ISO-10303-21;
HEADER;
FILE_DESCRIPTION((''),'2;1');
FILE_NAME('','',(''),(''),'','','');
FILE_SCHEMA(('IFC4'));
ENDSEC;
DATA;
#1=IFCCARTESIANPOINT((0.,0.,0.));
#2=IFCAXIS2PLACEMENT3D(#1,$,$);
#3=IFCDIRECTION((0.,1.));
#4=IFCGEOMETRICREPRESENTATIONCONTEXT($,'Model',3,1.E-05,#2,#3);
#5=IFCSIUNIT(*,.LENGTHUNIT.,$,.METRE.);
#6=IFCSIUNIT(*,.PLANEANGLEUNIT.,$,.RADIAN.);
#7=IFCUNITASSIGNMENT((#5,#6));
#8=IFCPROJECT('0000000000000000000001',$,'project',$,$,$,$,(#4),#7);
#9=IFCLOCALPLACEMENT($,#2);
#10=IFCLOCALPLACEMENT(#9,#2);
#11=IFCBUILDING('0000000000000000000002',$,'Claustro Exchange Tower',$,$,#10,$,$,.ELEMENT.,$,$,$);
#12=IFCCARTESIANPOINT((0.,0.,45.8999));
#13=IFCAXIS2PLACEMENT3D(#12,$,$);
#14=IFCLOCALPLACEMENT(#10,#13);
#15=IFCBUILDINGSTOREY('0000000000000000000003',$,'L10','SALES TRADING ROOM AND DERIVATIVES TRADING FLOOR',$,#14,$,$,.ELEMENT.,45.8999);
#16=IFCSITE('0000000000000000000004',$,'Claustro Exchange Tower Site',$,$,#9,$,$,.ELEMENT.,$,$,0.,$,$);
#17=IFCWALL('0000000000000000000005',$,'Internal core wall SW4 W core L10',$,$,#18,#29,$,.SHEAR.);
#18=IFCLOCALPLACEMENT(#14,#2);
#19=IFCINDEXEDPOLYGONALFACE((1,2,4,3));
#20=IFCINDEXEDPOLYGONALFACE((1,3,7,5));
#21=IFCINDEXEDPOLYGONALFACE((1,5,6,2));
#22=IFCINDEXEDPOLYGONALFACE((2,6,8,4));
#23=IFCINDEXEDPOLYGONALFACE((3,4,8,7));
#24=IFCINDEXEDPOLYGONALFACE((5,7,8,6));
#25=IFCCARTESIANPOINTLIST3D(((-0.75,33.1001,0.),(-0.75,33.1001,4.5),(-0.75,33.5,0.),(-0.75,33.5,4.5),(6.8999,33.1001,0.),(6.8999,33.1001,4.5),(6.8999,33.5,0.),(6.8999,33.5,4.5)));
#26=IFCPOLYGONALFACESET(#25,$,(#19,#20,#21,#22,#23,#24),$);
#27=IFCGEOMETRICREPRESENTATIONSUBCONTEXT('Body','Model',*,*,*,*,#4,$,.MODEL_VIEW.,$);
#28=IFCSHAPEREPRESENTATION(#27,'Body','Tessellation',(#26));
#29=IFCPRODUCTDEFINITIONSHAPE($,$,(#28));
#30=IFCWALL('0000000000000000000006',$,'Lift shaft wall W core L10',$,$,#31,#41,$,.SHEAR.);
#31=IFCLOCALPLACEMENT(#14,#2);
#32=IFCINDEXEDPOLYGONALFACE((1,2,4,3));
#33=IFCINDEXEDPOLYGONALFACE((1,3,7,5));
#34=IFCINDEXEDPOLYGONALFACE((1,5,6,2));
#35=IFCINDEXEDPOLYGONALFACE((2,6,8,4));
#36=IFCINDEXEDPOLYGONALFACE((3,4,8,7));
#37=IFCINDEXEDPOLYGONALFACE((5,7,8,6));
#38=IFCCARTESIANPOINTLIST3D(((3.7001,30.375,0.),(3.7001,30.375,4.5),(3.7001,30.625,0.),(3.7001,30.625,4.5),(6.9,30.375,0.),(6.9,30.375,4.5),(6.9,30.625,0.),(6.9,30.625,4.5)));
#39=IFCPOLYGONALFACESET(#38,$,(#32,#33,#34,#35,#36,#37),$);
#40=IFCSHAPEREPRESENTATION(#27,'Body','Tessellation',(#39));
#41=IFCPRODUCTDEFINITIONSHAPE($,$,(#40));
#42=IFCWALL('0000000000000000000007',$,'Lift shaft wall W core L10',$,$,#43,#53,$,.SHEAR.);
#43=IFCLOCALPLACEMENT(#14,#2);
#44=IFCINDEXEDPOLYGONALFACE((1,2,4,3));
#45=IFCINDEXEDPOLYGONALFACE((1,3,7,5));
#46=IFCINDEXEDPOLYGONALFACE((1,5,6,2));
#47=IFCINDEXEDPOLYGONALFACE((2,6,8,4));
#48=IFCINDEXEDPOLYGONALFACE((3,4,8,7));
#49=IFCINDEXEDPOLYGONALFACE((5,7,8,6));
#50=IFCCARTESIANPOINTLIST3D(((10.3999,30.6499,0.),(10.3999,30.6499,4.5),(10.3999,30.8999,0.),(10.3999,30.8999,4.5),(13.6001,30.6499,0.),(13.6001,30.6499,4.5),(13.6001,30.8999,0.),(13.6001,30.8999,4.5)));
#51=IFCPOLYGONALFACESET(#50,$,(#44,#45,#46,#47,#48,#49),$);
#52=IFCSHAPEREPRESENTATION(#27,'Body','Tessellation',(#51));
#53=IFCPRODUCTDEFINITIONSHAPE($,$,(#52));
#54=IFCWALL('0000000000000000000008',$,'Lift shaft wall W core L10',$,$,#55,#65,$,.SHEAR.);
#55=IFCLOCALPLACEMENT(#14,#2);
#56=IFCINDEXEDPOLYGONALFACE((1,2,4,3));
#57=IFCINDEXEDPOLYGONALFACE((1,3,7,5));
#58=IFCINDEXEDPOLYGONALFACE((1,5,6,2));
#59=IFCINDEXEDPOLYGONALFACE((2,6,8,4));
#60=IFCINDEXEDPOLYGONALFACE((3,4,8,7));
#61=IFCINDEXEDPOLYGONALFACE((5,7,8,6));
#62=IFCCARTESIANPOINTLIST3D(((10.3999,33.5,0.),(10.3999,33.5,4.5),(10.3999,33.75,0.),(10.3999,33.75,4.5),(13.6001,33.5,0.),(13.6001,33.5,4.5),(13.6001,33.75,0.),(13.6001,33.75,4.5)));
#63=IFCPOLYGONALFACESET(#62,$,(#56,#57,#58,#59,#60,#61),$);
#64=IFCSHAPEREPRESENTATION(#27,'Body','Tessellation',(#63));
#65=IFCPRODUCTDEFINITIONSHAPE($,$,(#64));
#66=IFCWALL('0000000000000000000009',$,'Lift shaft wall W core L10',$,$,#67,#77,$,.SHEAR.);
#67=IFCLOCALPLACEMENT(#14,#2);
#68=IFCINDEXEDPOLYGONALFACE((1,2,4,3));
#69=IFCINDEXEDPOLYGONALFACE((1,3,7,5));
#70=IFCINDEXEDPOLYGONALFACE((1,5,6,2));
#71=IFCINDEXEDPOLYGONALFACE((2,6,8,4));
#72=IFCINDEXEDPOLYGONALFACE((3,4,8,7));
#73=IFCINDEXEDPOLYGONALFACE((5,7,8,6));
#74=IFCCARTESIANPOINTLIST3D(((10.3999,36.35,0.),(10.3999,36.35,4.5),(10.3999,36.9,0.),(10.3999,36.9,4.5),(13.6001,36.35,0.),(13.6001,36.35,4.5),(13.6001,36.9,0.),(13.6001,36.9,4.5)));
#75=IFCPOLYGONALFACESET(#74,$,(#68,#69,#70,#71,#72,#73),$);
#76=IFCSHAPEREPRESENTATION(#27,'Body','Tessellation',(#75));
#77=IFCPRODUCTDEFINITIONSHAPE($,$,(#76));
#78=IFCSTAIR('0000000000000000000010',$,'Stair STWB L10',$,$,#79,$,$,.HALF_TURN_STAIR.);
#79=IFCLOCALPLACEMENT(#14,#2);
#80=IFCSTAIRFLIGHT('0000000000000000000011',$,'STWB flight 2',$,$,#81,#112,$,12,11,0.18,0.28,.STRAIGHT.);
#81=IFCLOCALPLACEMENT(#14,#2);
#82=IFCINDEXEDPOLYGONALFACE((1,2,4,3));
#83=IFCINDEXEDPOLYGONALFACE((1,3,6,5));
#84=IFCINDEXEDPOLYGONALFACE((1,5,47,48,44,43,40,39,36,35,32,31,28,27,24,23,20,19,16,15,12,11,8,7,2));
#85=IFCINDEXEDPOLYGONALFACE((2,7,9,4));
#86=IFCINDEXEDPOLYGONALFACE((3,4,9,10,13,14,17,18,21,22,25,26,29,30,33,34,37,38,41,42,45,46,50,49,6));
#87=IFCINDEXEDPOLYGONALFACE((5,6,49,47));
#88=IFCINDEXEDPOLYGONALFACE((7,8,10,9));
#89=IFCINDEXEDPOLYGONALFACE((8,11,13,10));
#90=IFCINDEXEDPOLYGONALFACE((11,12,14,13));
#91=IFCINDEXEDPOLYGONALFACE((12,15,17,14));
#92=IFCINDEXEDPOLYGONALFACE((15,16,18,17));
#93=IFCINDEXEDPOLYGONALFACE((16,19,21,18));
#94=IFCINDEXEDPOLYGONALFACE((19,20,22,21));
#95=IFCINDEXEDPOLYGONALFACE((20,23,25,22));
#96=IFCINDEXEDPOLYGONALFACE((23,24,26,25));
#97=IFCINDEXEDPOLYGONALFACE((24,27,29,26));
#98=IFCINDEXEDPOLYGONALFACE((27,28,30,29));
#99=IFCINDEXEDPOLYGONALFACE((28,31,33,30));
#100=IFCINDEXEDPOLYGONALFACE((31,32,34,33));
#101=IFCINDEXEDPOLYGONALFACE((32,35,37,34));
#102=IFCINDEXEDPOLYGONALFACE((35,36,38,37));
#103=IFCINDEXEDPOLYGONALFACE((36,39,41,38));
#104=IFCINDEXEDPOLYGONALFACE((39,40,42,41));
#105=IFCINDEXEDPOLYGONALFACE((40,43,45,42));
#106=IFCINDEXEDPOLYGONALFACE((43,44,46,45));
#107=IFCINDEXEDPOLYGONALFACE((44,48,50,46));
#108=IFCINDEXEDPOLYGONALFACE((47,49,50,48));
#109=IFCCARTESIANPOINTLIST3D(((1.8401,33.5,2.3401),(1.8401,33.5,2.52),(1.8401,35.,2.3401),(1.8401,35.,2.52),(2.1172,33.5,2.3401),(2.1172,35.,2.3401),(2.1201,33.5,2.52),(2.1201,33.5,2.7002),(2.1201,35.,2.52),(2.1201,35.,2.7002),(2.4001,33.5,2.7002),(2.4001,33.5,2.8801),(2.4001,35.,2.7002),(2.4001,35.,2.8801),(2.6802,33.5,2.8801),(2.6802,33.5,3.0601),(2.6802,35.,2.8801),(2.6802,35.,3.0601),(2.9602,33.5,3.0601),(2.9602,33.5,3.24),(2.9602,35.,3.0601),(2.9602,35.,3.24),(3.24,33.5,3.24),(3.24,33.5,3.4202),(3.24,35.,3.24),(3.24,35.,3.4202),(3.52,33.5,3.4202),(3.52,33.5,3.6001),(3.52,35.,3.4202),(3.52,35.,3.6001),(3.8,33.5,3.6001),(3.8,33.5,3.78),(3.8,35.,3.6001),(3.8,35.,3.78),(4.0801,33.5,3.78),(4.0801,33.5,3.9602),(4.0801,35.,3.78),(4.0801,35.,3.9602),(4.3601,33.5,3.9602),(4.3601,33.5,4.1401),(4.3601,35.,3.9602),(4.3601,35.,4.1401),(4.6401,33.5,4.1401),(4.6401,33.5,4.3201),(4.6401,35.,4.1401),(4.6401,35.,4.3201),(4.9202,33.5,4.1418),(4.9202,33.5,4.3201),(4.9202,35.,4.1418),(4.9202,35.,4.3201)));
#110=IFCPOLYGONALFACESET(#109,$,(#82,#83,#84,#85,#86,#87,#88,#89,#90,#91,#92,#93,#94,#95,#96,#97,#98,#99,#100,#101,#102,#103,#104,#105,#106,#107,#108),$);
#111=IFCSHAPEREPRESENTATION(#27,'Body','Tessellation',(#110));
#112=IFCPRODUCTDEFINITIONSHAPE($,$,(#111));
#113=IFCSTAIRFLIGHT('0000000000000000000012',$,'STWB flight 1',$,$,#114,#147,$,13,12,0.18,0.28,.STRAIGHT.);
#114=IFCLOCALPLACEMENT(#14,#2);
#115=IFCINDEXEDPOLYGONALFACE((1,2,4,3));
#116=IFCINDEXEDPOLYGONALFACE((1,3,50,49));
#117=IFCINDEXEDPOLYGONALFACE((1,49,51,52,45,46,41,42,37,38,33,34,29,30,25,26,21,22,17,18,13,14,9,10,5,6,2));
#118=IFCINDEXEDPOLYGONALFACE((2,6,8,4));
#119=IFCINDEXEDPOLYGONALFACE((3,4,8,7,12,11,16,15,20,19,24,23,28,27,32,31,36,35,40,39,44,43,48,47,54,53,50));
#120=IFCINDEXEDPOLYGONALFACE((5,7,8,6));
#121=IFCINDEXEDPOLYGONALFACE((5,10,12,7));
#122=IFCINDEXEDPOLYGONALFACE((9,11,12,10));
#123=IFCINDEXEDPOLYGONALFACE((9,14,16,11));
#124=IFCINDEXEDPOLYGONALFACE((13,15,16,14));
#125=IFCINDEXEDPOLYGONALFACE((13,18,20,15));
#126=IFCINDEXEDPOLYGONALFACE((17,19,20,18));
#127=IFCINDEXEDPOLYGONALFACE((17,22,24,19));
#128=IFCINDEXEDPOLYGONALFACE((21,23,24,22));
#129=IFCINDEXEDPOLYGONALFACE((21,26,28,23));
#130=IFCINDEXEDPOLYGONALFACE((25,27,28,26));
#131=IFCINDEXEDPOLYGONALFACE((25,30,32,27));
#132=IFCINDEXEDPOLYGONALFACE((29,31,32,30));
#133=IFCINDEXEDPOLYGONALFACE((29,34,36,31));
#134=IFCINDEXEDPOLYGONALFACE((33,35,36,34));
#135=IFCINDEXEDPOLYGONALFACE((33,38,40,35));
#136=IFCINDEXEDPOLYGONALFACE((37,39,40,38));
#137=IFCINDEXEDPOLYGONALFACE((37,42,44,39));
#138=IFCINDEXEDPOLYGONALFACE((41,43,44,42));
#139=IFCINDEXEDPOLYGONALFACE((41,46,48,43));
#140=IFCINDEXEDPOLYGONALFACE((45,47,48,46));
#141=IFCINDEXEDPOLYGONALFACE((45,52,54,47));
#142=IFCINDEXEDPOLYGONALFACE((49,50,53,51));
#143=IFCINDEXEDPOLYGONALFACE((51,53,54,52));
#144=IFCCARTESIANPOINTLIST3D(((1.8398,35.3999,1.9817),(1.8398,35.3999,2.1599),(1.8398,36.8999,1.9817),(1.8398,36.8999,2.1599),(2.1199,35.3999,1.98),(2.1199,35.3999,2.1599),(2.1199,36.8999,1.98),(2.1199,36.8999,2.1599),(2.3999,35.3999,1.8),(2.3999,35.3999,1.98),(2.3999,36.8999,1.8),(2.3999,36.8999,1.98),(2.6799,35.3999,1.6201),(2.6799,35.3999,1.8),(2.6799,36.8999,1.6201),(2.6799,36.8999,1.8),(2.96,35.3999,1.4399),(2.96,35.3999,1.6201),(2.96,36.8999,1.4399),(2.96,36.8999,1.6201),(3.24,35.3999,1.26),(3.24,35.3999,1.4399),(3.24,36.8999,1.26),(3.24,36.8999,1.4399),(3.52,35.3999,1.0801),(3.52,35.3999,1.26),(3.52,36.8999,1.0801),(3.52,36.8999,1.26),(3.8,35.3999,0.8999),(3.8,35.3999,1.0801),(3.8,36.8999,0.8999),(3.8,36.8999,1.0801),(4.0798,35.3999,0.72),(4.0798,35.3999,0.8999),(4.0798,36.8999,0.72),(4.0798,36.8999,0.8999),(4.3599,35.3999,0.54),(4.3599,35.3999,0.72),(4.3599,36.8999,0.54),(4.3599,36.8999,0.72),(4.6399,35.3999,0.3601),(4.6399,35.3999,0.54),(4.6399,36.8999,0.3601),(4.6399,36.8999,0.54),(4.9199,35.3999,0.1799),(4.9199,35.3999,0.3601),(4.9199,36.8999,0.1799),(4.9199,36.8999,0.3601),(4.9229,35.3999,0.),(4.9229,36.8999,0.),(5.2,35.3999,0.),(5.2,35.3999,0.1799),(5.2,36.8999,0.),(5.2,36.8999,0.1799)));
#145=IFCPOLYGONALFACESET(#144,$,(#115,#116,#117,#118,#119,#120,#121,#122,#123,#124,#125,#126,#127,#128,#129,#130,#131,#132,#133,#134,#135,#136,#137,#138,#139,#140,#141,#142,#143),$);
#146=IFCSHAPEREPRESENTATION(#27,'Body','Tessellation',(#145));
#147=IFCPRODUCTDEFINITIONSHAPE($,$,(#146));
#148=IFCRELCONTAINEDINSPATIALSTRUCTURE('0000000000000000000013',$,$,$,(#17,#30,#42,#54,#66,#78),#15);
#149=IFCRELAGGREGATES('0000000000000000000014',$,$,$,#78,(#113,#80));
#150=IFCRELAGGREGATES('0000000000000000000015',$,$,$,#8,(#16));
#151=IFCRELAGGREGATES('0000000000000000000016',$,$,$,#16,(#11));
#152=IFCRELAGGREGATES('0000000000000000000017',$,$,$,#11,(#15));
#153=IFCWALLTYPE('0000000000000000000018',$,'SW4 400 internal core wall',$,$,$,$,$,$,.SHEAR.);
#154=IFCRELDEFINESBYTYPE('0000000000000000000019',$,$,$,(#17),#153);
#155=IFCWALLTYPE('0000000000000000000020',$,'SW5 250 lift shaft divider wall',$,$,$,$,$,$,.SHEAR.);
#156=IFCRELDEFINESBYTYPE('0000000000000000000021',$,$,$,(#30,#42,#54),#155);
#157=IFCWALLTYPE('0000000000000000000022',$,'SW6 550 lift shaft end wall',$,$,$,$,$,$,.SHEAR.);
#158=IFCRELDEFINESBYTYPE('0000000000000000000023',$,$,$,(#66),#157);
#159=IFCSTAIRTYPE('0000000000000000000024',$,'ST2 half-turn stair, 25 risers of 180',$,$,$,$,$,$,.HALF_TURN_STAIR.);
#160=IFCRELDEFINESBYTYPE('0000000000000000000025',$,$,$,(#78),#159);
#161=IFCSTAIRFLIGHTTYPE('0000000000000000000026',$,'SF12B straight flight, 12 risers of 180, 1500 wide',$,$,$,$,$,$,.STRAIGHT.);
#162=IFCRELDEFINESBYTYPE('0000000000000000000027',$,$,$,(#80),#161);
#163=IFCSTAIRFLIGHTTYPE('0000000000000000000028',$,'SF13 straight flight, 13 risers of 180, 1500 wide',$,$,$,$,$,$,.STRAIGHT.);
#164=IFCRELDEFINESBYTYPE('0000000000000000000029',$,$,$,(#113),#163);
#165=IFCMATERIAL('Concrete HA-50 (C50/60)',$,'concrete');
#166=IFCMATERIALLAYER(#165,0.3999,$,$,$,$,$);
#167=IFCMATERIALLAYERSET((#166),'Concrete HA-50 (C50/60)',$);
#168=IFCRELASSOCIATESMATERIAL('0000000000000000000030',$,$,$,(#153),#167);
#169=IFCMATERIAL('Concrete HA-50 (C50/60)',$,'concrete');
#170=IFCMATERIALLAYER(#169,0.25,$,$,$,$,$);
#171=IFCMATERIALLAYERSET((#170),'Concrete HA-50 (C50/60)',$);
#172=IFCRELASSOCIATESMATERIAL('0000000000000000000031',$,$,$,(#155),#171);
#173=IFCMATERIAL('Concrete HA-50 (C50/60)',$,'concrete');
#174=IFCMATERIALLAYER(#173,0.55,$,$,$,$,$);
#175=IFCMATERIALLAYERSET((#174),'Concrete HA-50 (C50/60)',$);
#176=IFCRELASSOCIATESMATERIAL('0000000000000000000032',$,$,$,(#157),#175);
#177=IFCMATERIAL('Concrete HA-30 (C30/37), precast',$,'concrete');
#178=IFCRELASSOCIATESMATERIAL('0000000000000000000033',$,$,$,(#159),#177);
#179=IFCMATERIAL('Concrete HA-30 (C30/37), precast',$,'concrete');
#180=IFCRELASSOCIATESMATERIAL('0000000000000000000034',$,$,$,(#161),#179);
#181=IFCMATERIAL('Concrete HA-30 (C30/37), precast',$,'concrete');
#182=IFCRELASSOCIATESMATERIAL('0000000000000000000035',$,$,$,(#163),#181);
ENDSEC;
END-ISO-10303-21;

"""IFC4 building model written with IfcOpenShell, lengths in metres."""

from ifc_helpers import new_model, si_unit, direction, frame, frame_2d, origin, place, context, subcontext, project, spatial, polyline, rectangle, outline, extrude, material, layer, layer_set, type_object, element, aggregate, save


model = new_model("IFC4")

# Units and contexts
model_context = context("Model", 3, precision=1e-05, world=origin(), true_north=direction((0.0, 1.0)))
body_context = subcontext(model_context, "Body", "Model", "MODEL_VIEW")
ifc_project = project(units=[si_unit("LENGTHUNIT", "METRE"), si_unit("PLANEANGLEUNIT", "RADIAN")], contexts=[model_context])

# Site, building, storey
site_placement = place(None, origin())
site = spatial("IfcSite", under=ifc_project, at=site_placement, Name="Claustro Exchange Tower Site", CompositionType="ELEMENT", RefElevation=0.0)
building_placement = place(site_placement, origin())
building = spatial("IfcBuilding", under=site, at=building_placement, Name="Claustro Exchange Tower", CompositionType="ELEMENT")
storey_placement = place(building_placement, frame((0.0, 0.0, 45.8999)))
storey = spatial("IfcBuildingStorey", under=building, at=storey_placement, Name="L10", Description="SALES TRADING ROOM AND DERIVATIVES TRADING FLOOR", CompositionType="ELEMENT", Elevation=45.8999)

# Walls
ifc_material_1 = material(Name="Concrete HA-50 (C50/60)", Category="concrete")
ifc_layer_1 = layer(ifc_material_1, 0.3999)
ifc_layer_set_1 = layer_set([ifc_layer_1], Name="Concrete HA-50 (C50/60)")
wall_type_1 = type_object("IfcWallType", Name="SW4 400 internal core wall", PredefinedType="SHEAR", material=ifc_layer_set_1)
wall_1_placement = place(storey_placement, frame((-0.75, 33.3, 0.0), z_axis=(0.0, 0.0, 1.0), x_axis=(1.0, 0.0, 0.0)))
element("IfcWall", 1, at=wall_1_placement, inside=storey, type_object=wall_type_1, Name="Internal core wall SW4 W core L10", PredefinedType="SHEAR", context=body_context, shape_type="SweptSolid", body=[
    extrude(rectangle(XDim=7.6499, YDim=0.3999, at=frame_2d((3.825, 0.0))), origin(), (0.0, 0.0, 1.0), 4.5),
])
ifc_material_2 = material(Name="Concrete HA-50 (C50/60)", Category="concrete")
ifc_layer_2 = layer(ifc_material_2, 0.25)
ifc_layer_set_2 = layer_set([ifc_layer_2], Name="Concrete HA-50 (C50/60)")
wall_type_2 = type_object("IfcWallType", Name="SW5 250 lift shaft divider wall", PredefinedType="SHEAR", material=ifc_layer_set_2)
wall_2_placement = place(storey_placement, frame((3.7, 30.5, 0.0), z_axis=(0.0, 0.0, 1.0), x_axis=(1.0, 0.0, 0.0)))
element("IfcWall", 2, at=wall_2_placement, inside=storey, type_object=wall_type_2, Name="Lift shaft wall W core L10", PredefinedType="SHEAR", context=body_context, shape_type="SweptSolid", body=[
    extrude(rectangle(XDim=3.2, YDim=0.25, at=frame_2d((1.6001, 0.0))), origin(), (0.0, 0.0, 1.0), 4.5),
])
for number, where, z_axis, x_axis, name in (
    (3, (10.3999, 30.7749, 0.0), (0.0, 0.0, 1.0), (1.0, 0.0, 0.0), "Lift shaft wall W core L10"),
    (4, (10.3999, 33.625, 0.0), (0.0, 0.0, 1.0), (1.0, 0.0, 0.0), "Lift shaft wall W core L10"),
):
    element("IfcWall", number, at=place(storey_placement, frame(where, z_axis=z_axis, x_axis=x_axis)), inside=storey, type_object=wall_type_2, Name=name, PredefinedType="SHEAR", context=body_context, shape_type="SweptSolid", body=[
        extrude(rectangle(XDim=3.2002, YDim=0.25, at=frame_2d((1.6001, 0.0))), origin(), (0.0, 0.0, 1.0), 4.5),
    ])
ifc_material_3 = material(Name="Concrete HA-50 (C50/60)", Category="concrete")
ifc_layer_3 = layer(ifc_material_3, 0.55)
ifc_layer_set_3 = layer_set([ifc_layer_3], Name="Concrete HA-50 (C50/60)")
wall_type_3 = type_object("IfcWallType", Name="SW6 550 lift shaft end wall", PredefinedType="SHEAR", material=ifc_layer_set_3)
wall_3_placement = place(storey_placement, frame((10.3999, 36.625, 0.0), z_axis=(0.0, 0.0, 1.0), x_axis=(1.0, 0.0, 0.0)))
element("IfcWall", 5, at=wall_3_placement, inside=storey, type_object=wall_type_3, Name="Lift shaft wall W core L10", PredefinedType="SHEAR", context=body_context, shape_type="SweptSolid", body=[
    extrude(rectangle(XDim=3.2002, YDim=0.55, at=frame_2d((1.6001, 0.0))), origin(), (0.0, 0.0, 1.0), 4.5),
])

# Stair, stair flights
ifc_material_4 = material(Name="Concrete HA-30 (C30/37), precast", Category="concrete")
stair_type = type_object("IfcStairType", Name="ST2 half-turn stair, 25 risers of 180", PredefinedType="HALF_TURN_STAIR", material=ifc_material_4)
stair_placement = place(storey_placement, origin())
stair = element("IfcStair", 6, at=stair_placement, inside=storey, type_object=stair_type, Name="Stair STWB L10", PredefinedType="HALF_TURN_STAIR")
ifc_material_5 = material(Name="Concrete HA-30 (C30/37), precast", Category="concrete")
stair_flight_type_1 = type_object("IfcStairFlightType", Name="SF12B straight flight, 12 risers of 180, 1500 wide", PredefinedType="STRAIGHT", material=ifc_material_5)
stair_flight_1_placement = place(storey_placement, frame((1.8401, 34.25, 2.3401), z_axis=(0.0, 0.0, 1.0), x_axis=(1.0, 0.0, 0.0)))
stair_flight_1 = element("IfcStairFlight", 7, at=stair_flight_1_placement, type_object=stair_flight_type_1, Name="STWB flight 2", NumberOfRisers=12, NumberOfTreads=11, PredefinedType="STRAIGHT", RiserHeight=0.18, TreadLength=0.28, context=body_context, shape_type="SweptSolid", body=[
    extrude(outline(polyline([(0.0, 0.0), (0.0, 0.1799), (0.28, 0.1799), (0.28, 0.3601), (0.5601, 0.3601), (0.5601, 0.54), (0.8401, 0.54), (0.8401, 0.72), (1.1201, 0.72), (1.1201, 0.8999), (1.3999, 0.8999), (1.3999, 1.0801), (1.6799, 1.0801), (1.6799, 1.26), (1.96, 1.26), (1.96, 1.4399), (2.24, 1.4399), (2.24, 1.6201), (2.52, 1.6201), (2.52, 1.8), (2.8, 1.8), (2.8, 1.98), (3.0801, 1.98), (3.0801, 2.1599), (3.0801, 1.8018), (0.2771, 0.0), (0.0, 0.0)])), frame((0.0, 0.75, 0.0), z_axis=(0.0, -1.0, 0.0), x_axis=(1.0, 0.0, 0.0)), (0.0, 0.0, 1.0), 1.5),
])
ifc_material_6 = material(Name="Concrete HA-30 (C30/37), precast", Category="concrete")
stair_flight_type_2 = type_object("IfcStairFlightType", Name="SF13 straight flight, 13 risers of 180, 1500 wide", PredefinedType="STRAIGHT", material=ifc_material_6)
stair_flight_2_placement = place(storey_placement, frame((5.2, 36.1499, 0.0), z_axis=(0.0, 0.0, 1.0), x_axis=(-1.0, 0.0, 0.0)))
stair_flight_2 = element("IfcStairFlight", 8, at=stair_flight_2_placement, type_object=stair_flight_type_2, Name="STWB flight 1", NumberOfRisers=13, NumberOfTreads=12, PredefinedType="STRAIGHT", RiserHeight=0.18, TreadLength=0.28, context=body_context, shape_type="SweptSolid", body=[
    extrude(outline(polyline([(0.0, 0.0), (0.0, 0.1799), (0.28, 0.1799), (0.28, 0.3601), (0.5601, 0.3601), (0.5601, 0.54), (0.8401, 0.54), (0.8401, 0.72), (1.1201, 0.72), (1.1201, 0.8999), (1.3999, 0.8999), (1.3999, 1.0801), (1.6799, 1.0801), (1.6799, 1.26), (1.96, 1.26), (1.96, 1.4399), (2.24, 1.4399), (2.24, 1.6201), (2.52, 1.6201), (2.52, 1.8), (2.8, 1.8), (2.8, 1.98), (3.0801, 1.98), (3.0801, 2.1599), (3.3601, 2.1599), (3.3601, 2.3401), (3.3601, 1.9817), (0.2771, 0.0), (0.0, 0.0)])), frame((0.0, 0.75, 0.0), z_axis=(0.0, -1.0, 0.0), x_axis=(1.0, 0.0, 0.0)), (0.0, 0.0, 1.0), 1.5),
])
aggregate(stair, [stair_flight_2, stair_flight_1])

save(model, "model.ifc")
